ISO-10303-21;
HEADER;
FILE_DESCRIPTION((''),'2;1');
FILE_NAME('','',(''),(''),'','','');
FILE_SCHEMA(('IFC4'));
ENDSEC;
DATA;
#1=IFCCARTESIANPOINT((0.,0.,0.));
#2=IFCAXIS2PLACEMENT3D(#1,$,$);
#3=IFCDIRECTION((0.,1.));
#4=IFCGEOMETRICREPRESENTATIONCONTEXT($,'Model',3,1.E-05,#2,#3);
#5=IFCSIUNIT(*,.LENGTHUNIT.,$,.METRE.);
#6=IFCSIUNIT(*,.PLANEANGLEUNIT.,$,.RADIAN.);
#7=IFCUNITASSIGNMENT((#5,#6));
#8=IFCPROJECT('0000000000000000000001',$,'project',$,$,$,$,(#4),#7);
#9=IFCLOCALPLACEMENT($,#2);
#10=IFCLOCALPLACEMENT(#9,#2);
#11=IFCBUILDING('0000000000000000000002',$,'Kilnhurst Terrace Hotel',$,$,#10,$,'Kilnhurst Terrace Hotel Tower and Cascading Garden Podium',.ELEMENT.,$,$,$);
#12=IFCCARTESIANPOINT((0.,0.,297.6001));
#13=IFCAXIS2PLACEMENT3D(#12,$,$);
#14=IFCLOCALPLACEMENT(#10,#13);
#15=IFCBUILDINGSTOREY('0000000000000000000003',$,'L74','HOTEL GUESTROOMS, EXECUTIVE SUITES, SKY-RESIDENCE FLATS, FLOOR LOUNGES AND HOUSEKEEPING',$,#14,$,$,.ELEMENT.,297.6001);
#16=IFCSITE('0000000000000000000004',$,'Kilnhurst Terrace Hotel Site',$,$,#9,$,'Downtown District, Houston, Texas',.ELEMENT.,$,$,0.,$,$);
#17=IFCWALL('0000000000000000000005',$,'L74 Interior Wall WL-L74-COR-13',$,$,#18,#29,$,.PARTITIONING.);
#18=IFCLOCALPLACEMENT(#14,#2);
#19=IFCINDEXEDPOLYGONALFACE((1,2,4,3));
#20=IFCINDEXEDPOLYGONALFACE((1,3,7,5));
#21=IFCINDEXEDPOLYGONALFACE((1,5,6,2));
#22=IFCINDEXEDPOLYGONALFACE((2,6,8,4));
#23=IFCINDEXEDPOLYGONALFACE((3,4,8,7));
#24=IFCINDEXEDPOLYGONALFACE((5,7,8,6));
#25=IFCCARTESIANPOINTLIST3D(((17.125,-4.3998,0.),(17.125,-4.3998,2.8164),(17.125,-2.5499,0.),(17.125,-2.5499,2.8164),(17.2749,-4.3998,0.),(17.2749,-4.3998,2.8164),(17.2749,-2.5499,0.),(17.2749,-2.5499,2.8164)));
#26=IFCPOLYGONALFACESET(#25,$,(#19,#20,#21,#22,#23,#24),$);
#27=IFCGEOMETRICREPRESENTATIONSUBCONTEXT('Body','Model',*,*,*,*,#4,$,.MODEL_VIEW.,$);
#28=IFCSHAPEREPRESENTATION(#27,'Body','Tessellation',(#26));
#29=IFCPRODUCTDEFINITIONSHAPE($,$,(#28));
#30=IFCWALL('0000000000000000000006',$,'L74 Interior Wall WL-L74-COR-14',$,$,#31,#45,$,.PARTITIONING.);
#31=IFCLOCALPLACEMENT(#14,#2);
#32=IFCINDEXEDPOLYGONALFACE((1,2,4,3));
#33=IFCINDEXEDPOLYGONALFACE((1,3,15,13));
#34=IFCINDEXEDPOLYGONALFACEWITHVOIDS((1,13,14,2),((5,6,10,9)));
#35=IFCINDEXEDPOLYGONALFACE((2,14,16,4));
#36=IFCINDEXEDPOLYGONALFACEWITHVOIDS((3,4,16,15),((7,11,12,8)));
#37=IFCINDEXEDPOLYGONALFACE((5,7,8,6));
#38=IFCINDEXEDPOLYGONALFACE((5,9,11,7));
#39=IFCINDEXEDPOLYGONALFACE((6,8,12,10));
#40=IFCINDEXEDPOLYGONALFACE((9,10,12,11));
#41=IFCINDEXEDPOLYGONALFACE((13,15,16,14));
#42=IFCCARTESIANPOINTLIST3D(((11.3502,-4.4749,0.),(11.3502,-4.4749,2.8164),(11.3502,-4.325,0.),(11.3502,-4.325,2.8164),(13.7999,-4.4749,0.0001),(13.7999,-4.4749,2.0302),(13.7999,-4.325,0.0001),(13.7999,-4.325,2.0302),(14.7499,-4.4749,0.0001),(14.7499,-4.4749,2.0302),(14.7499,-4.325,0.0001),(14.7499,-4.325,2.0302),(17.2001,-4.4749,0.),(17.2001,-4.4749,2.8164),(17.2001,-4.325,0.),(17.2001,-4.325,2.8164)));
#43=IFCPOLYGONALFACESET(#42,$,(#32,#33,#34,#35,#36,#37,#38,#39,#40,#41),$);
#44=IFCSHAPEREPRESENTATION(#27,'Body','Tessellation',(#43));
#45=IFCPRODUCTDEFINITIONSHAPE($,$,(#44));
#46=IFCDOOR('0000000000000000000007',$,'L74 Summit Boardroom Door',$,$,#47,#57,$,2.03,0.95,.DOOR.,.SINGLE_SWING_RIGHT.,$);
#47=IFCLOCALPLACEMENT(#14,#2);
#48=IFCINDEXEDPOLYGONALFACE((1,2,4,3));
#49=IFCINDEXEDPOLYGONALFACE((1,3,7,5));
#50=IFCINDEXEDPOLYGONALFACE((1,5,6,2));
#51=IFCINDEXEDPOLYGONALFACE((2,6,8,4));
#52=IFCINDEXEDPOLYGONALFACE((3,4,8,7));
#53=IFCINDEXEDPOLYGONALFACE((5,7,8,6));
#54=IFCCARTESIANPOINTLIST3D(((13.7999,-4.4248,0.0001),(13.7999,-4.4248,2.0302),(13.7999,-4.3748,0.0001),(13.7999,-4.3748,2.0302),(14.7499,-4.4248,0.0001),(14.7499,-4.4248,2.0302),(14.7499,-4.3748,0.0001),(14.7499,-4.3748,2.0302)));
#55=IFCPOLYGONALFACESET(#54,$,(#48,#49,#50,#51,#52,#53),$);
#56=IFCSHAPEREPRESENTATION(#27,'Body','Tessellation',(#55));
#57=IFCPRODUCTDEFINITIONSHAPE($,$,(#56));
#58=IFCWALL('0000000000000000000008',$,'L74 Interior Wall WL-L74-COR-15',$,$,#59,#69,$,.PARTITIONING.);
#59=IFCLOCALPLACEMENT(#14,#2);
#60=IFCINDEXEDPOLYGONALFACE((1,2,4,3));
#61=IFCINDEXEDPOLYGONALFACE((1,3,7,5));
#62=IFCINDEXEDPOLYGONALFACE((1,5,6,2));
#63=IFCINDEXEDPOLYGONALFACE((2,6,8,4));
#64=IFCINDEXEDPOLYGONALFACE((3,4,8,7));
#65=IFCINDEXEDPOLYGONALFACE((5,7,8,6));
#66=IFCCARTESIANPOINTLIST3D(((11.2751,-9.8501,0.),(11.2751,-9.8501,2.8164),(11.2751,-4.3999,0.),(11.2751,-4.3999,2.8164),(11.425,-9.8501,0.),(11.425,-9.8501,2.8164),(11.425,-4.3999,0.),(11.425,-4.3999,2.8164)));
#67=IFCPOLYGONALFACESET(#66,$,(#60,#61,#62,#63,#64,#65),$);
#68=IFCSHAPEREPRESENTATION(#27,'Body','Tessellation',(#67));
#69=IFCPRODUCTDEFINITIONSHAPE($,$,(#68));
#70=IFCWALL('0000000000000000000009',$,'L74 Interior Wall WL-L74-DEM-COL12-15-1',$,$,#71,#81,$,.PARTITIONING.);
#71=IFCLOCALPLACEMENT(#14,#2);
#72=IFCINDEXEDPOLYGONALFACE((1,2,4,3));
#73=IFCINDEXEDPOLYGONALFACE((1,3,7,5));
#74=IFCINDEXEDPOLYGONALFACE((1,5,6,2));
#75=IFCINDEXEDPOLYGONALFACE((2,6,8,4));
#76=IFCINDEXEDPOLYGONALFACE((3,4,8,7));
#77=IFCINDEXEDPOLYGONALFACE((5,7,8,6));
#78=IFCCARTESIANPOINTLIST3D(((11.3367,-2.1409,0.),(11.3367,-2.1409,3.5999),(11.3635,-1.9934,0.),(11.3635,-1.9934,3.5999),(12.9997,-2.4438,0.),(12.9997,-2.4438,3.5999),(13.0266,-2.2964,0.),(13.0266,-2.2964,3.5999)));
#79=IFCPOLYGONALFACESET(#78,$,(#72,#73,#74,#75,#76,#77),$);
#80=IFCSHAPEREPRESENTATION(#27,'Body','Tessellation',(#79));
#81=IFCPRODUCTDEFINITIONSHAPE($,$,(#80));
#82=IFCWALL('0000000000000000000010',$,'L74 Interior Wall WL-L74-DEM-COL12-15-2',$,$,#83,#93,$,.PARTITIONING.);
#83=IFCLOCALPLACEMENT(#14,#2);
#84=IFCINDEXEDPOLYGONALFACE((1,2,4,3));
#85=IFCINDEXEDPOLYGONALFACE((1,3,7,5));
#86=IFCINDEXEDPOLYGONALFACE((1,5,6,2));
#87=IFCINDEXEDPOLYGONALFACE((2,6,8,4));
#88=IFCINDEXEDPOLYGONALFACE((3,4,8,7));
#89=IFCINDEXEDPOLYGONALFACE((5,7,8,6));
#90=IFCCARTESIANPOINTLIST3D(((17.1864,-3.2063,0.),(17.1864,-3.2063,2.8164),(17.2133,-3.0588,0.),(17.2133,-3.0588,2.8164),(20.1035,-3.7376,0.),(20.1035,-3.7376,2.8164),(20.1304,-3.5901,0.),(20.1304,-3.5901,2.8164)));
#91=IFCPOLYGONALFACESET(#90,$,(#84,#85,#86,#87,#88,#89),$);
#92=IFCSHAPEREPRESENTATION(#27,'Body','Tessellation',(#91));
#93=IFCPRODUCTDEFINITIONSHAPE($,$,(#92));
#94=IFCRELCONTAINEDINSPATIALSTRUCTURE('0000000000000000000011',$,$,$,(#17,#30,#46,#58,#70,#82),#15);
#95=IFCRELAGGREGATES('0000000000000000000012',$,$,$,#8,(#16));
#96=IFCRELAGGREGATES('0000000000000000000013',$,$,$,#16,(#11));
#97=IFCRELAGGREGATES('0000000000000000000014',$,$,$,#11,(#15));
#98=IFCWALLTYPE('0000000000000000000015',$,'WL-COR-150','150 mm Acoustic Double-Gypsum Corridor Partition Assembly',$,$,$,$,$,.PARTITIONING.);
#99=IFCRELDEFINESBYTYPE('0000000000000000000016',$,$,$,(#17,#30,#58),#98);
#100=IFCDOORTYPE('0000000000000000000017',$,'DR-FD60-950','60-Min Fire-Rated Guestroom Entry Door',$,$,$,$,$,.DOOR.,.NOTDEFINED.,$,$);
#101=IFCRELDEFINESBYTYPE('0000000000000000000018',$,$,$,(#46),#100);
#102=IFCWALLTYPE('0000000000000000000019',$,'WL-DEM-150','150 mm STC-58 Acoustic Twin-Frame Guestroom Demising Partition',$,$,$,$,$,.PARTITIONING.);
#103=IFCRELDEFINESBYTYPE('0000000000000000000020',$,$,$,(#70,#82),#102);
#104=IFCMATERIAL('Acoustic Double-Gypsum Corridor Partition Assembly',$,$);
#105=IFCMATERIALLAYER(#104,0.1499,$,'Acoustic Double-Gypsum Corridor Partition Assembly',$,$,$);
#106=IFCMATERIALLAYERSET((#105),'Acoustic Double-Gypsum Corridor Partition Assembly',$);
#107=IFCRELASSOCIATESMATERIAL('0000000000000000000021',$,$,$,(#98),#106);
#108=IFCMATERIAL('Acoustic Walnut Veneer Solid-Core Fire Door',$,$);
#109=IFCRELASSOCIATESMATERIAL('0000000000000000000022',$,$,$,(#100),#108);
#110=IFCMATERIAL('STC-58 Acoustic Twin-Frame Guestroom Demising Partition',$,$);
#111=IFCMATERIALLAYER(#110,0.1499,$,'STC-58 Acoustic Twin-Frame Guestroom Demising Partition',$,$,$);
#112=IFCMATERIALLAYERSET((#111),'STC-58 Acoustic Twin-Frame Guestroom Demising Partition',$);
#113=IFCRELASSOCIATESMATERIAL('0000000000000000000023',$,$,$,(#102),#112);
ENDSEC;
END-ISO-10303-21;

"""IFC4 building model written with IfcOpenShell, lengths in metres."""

from ifc_helpers import new_model, si_unit, direction, frame, frame_2d, origin, place, context, subcontext, project, spatial, rectangle, extrude, material, layer, layer_set, type_object, element, fill, save


model = new_model("IFC4")

# Units and contexts
model_context = context("Model", 3, precision=1e-05, world=origin(), true_north=direction((0.0, 1.0)))
body_context = subcontext(model_context, "Body", "Model", "MODEL_VIEW")
ifc_project = project(units=[si_unit("LENGTHUNIT", "METRE"), si_unit("PLANEANGLEUNIT", "RADIAN")], contexts=[model_context])

# Site, building, storey
site_placement = place(None, origin())
site = spatial("IfcSite", under=ifc_project, at=site_placement, Name="Kilnhurst Terrace Hotel Site", LongName="Downtown District, Houston, Texas", CompositionType="ELEMENT", RefElevation=0.0)
building_placement = place(site_placement, origin())
building = spatial("IfcBuilding", under=site, at=building_placement, Name="Kilnhurst Terrace Hotel", LongName="Kilnhurst Terrace Hotel Tower and Cascading Garden Podium", CompositionType="ELEMENT")
storey_placement = place(building_placement, frame((0.0, 0.0, 297.6001)))
storey = spatial("IfcBuildingStorey", under=building, at=storey_placement, Name="L74", Description="HOTEL GUESTROOMS, EXECUTIVE SUITES, SKY-RESIDENCE FLATS, FLOOR LOUNGES AND HOUSEKEEPING", CompositionType="ELEMENT", Elevation=297.6001)

# Wall
ifc_material_1 = material(Name="Acoustic Double-Gypsum Corridor Partition Assembly")
ifc_layer_1 = layer(ifc_material_1, 0.1499, Name="Acoustic Double-Gypsum Corridor Partition Assembly")
ifc_layer_set_1 = layer_set([ifc_layer_1], Name="Acoustic Double-Gypsum Corridor Partition Assembly")
wall_type_1 = type_object("IfcWallType", Name="WL-COR-150", Description="150 mm Acoustic Double-Gypsum Corridor Partition Assembly", PredefinedType="PARTITIONING", material=ifc_layer_set_1)
wall_1_placement = place(storey_placement, frame((17.2, -2.55, 0.0), z_axis=(0.0, 0.0, 1.0), x_axis=(0.0, -1.0, 0.0)))
element("IfcWall", 1, at=wall_1_placement, inside=storey, type_object=wall_type_1, Name="L74 Interior Wall WL-L74-COR-13", PredefinedType="PARTITIONING", context=body_context, shape_type="SweptSolid", body=[
    extrude(rectangle(XDim=1.8499, YDim=0.1499, at=frame_2d((0.9248, 0.0))), origin(), (0.0, 0.0, 1.0), 2.8164),
])

# Wall, opening, door
wall_2_placement = place(storey_placement, frame((17.2, -4.3999, 0.0), z_axis=(0.0, 0.0, 1.0), x_axis=(-1.0, 0.0, 0.0)))
wall_2 = element("IfcWall", 2, at=wall_2_placement, inside=storey, type_object=wall_type_1, Name="L74 Interior Wall WL-L74-COR-14", PredefinedType="PARTITIONING", context=body_context, shape_type="SweptSolid", body=[
    extrude(rectangle(XDim=5.8499, YDim=0.1499, at=frame_2d((2.9248, 0.0))), origin(), (0.0, 0.0, 1.0), 2.8164),
])
opening_1_placement = place(wall_2_placement, frame((2.45, 0.0, 0.0)))
opening_1 = element("IfcOpeningElement", 3, at=opening_1_placement, cuts=wall_2, PredefinedType="OPENING", context=body_context, shape_type="SweptSolid", body=[
    extrude(rectangle(XDim=0.95, YDim=2.03, at=frame_2d((0.4751, 1.0151))), frame((0.0, 0.085, 0.0), z_axis=(0.0, -1.0, 0.0), x_axis=(1.0, 0.0, 0.0)), (0.0, 0.0, 1.0), 0.1699),
])
ifc_material_2 = material(Name="Acoustic Walnut Veneer Solid-Core Fire Door")
door_type_1 = type_object("IfcDoorType", Name="DR-FD60-950", Description="60-Min Fire-Rated Guestroom Entry Door", OperationType="NOTDEFINED", PredefinedType="DOOR", material=ifc_material_2)
door_1_placement = place(opening_1_placement, origin())
door_1 = element("IfcDoor", 4, at=door_1_placement, inside=storey, type_object=door_type_1, Name="L74 Summit Boardroom Door", OperationType="SINGLE_SWING_RIGHT", OverallHeight=2.03, OverallWidth=0.95, PredefinedType="DOOR", context=body_context, shape_type="SweptSolid", body=[
    extrude(rectangle(XDim=0.95, YDim=2.03, at=frame_2d((0.4751, 1.0151))), frame((0.0, 0.0249, 0.0), z_axis=(0.0, -1.0, 0.0), x_axis=(1.0, 0.0, 0.0)), (0.0, 0.0, 1.0), 0.05),
])
fill(opening_1, door_1)

# Wall
wall_3_placement = place(storey_placement, frame((11.3501, -4.3999, 0.0), z_axis=(0.0, 0.0, 1.0), x_axis=(0.0, -1.0, 0.0)))
element("IfcWall", 5, at=wall_3_placement, inside=storey, type_object=wall_type_1, Name="L74 Interior Wall WL-L74-COR-15", PredefinedType="PARTITIONING", context=body_context, shape_type="SweptSolid", body=[
    extrude(rectangle(XDim=5.4502, YDim=0.1499, at=frame_2d((2.7251, 0.0))), origin(), (0.0, 0.0, 1.0), 2.8164),
])

# Walls
ifc_material_3 = material(Name="STC-58 Acoustic Twin-Frame Guestroom Demising Partition")
ifc_layer_2 = layer(ifc_material_3, 0.1499, Name="STC-58 Acoustic Twin-Frame Guestroom Demising Partition")
ifc_layer_set_2 = layer_set([ifc_layer_2], Name="STC-58 Acoustic Twin-Frame Guestroom Demising Partition")
wall_type_2 = type_object("IfcWallType", Name="WL-DEM-150", Description="150 mm STC-58 Acoustic Twin-Frame Guestroom Demising Partition", PredefinedType="PARTITIONING", material=ifc_layer_set_2)
wall_4_placement = place(storey_placement, frame((11.3501, -2.0671, 0.0), z_axis=(0.0, 0.0, 1.0), x_axis=(0.983807, -0.179229, 0.0)))
element("IfcWall", 6, at=wall_4_placement, inside=storey, type_object=wall_type_2, Name="L74 Interior Wall WL-L74-DEM-COL12-15-1", PredefinedType="PARTITIONING", context=body_context, shape_type="SweptSolid", body=[
    extrude(rectangle(XDim=1.6904, YDim=0.1499, at=frame_2d((0.8452, 0.0))), origin(), (0.0, 0.0, 1.0), 3.5999),
])
wall_5_placement = place(storey_placement, frame((17.2, -3.1326, 0.0), z_axis=(0.0, 0.0, 1.0), x_axis=(0.983817, -0.179175, 0.0)))
element("IfcWall", 7, at=wall_5_placement, inside=storey, type_object=wall_type_2, Name="L74 Interior Wall WL-L74-DEM-COL12-15-2", PredefinedType="PARTITIONING", context=body_context, shape_type="SweptSolid", body=[
    extrude(rectangle(XDim=2.9651, YDim=0.1499, at=frame_2d((1.4824, 0.0))), origin(), (0.0, 0.0, 1.0), 2.8164),
])

save(model, "model.ifc")
